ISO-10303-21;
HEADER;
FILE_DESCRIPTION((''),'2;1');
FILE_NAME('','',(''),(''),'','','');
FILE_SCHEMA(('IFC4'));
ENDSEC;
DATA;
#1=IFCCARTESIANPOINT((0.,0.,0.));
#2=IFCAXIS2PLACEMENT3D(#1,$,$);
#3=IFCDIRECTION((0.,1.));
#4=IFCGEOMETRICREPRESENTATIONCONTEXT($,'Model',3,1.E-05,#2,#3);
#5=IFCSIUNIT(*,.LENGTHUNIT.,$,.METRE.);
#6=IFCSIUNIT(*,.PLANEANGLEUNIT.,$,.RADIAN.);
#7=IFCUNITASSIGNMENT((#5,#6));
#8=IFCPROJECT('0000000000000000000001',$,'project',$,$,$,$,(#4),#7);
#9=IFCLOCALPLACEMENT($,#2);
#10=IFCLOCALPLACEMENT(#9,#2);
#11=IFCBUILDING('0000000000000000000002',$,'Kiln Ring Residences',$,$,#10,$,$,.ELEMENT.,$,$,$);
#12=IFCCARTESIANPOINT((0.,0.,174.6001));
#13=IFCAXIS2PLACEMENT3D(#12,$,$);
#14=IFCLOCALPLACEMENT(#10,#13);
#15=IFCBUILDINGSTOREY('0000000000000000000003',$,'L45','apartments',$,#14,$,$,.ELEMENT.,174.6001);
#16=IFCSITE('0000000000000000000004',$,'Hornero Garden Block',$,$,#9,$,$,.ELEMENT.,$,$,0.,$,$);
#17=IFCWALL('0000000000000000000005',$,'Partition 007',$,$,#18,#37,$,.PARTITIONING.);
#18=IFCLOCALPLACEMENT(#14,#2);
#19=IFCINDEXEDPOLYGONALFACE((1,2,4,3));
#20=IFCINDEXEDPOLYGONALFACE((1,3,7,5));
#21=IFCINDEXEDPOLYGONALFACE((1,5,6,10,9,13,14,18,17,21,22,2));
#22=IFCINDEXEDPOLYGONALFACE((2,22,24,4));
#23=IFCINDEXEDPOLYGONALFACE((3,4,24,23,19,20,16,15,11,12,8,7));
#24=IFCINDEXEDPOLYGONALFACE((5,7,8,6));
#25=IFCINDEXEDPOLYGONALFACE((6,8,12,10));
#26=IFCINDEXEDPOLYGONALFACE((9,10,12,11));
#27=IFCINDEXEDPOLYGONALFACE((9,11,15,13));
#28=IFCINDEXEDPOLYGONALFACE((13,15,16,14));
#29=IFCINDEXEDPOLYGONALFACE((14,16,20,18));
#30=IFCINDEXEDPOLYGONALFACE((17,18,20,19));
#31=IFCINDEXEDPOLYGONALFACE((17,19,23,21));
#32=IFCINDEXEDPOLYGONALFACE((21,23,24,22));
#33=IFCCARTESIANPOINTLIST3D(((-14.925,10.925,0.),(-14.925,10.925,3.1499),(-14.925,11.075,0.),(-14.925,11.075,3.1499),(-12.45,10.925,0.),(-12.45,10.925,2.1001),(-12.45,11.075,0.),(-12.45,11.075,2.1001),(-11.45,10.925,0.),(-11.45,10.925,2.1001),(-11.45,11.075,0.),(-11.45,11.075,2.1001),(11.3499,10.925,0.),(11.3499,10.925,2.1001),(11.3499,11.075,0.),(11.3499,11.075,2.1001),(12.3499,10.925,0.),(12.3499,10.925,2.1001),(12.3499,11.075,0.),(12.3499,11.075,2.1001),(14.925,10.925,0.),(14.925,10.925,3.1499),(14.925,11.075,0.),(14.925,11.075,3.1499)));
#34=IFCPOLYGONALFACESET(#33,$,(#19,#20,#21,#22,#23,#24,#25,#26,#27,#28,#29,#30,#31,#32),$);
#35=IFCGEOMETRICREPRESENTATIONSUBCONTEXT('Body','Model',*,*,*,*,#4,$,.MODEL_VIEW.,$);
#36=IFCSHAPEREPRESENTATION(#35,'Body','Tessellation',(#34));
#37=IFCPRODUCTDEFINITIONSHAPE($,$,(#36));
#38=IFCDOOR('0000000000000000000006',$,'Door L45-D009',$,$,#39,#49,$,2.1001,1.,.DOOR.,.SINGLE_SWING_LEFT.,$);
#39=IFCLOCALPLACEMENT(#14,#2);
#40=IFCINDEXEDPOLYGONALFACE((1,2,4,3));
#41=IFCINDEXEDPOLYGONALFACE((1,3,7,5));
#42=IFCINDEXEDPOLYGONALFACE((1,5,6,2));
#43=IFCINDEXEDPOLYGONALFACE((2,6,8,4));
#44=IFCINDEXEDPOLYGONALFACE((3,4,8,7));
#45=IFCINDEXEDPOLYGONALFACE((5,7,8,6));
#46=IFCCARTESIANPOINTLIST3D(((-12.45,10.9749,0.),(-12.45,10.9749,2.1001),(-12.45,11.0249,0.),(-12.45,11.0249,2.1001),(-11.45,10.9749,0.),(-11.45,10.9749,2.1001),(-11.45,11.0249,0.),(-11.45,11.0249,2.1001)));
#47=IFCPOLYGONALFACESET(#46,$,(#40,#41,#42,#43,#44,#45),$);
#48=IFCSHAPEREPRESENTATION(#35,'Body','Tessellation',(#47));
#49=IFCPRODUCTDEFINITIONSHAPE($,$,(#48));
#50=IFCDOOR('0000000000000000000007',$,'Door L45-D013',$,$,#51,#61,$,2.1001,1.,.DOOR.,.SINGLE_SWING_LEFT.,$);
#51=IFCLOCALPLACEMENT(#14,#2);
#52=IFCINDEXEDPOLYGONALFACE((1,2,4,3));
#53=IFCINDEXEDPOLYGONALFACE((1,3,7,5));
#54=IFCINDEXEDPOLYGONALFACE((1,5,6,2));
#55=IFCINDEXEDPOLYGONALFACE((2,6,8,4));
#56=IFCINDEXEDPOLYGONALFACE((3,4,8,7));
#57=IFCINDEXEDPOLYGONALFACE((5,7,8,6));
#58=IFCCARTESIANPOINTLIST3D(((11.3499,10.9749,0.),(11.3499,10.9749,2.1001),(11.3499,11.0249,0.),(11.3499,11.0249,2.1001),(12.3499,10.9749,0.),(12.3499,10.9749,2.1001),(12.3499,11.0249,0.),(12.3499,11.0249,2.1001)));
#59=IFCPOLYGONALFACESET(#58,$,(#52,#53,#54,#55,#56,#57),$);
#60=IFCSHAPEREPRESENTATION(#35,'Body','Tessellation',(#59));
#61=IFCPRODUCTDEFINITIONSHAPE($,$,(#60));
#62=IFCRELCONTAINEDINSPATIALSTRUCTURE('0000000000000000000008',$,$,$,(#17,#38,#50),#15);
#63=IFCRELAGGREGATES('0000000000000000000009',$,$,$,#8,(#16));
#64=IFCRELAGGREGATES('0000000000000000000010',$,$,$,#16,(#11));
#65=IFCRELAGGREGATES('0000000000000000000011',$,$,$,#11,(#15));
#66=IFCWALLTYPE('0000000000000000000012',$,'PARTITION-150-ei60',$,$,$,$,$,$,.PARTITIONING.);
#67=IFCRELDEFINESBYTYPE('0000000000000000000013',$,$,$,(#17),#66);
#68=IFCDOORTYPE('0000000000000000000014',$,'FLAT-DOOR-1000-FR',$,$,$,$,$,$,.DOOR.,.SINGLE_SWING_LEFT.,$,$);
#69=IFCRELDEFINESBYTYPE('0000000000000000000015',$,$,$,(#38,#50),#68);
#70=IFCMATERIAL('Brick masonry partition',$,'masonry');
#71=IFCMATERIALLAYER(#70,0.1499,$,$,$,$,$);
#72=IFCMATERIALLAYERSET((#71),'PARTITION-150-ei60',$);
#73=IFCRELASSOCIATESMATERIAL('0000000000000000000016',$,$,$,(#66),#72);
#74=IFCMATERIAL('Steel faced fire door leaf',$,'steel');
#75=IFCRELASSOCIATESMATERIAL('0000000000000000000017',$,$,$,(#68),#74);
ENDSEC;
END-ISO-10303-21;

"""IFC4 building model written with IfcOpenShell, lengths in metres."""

from ifc_helpers import new_model, si_unit, direction, frame, frame_2d, origin, place, context, subcontext, project, spatial, rectangle, extrude, material, layer, layer_set, type_object, element, fill, save


model = new_model("IFC4")

# Units and contexts
model_context = context("Model", 3, precision=1e-05, world=origin(), true_north=direction((0.0, 1.0)))
body_context = subcontext(model_context, "Body", "Model", "MODEL_VIEW")
ifc_project = project(units=[si_unit("LENGTHUNIT", "METRE"), si_unit("PLANEANGLEUNIT", "RADIAN")], contexts=[model_context])

# Site, building, storey
site_placement = place(None, origin())
site = spatial("IfcSite", under=ifc_project, at=site_placement, Name="Hornero Garden Block", CompositionType="ELEMENT", RefElevation=0.0)
building_placement = place(site_placement, origin())
building = spatial("IfcBuilding", under=site, at=building_placement, Name="Kiln Ring Residences", CompositionType="ELEMENT")
storey_placement = place(building_placement, frame((0.0, 0.0, 174.6001)))
storey = spatial("IfcBuildingStorey", under=building, at=storey_placement, Name="L45", Description="apartments", CompositionType="ELEMENT", Elevation=174.6001)

# Wall, openings, doors
ifc_material_1 = material(Name="Brick masonry partition", Category="masonry")
ifc_layer_1 = layer(ifc_material_1, 0.1499)
ifc_layer_set_1 = layer_set([ifc_layer_1], Name="PARTITION-150-ei60")
wall_type_1 = type_object("IfcWallType", Name="PARTITION-150-ei60", PredefinedType="PARTITIONING", material=ifc_layer_set_1)
wall_1_placement = place(storey_placement, frame((-14.925, 11.0, 0.0), z_axis=(0.0, 0.0, 1.0), x_axis=(1.0, 0.0, 0.0)))
wall_1 = element("IfcWall", 1, at=wall_1_placement, inside=storey, type_object=wall_type_1, Name="Partition 007", PredefinedType="PARTITIONING", context=body_context, shape_type="SweptSolid", body=[
    extrude(rectangle(XDim=29.8501, YDim=0.1499, at=frame_2d((14.925, 0.0))), origin(), (0.0, 0.0, 1.0), 3.1499),
])
opening_1_placement = place(wall_1_placement, frame((2.4751, 0.0, 0.0)))
opening_1 = element("IfcOpeningElement", 2, at=opening_1_placement, cuts=wall_1, PredefinedType="OPENING", context=body_context, shape_type="SweptSolid", body=[
    extrude(rectangle(XDim=1.0, YDim=2.1001, at=frame_2d((0.5, 1.05))), frame((0.0, 0.085, 0.0), z_axis=(0.0, -1.0, 0.0), x_axis=(1.0, 0.0, 0.0)), (0.0, 0.0, 1.0), 0.1699),
])
opening_2_placement = place(wall_1_placement, frame((26.2749, 0.0, 0.0)))
opening_2 = element("IfcOpeningElement", 3, at=opening_2_placement, cuts=wall_1, PredefinedType="OPENING", context=body_context, shape_type="SweptSolid", body=[
    extrude(rectangle(XDim=1.0, YDim=2.1001, at=frame_2d((0.5, 1.05))), frame((0.0, 0.085, 0.0), z_axis=(0.0, -1.0, 0.0), x_axis=(1.0, 0.0, 0.0)), (0.0, 0.0, 1.0), 0.1699),
])
ifc_material_2 = material(Name="Steel faced fire door leaf", Category="steel")
door_type_1 = type_object("IfcDoorType", Name="FLAT-DOOR-1000-FR", OperationType="SINGLE_SWING_LEFT", PredefinedType="DOOR", material=ifc_material_2)
door_1_placement = place(opening_1_placement, origin())
door_1 = element("IfcDoor", 4, at=door_1_placement, inside=storey, type_object=door_type_1, Name="Door L45-D009", OperationType="SINGLE_SWING_LEFT", OverallHeight=2.1001, OverallWidth=1.0, PredefinedType="DOOR", context=body_context, shape_type="SweptSolid", body=[
    extrude(rectangle(XDim=1.0, YDim=2.1001, at=frame_2d((0.5, 1.05))), frame((0.0, 0.0249, 0.0), z_axis=(0.0, -1.0, 0.0), x_axis=(1.0, 0.0, 0.0)), (0.0, 0.0, 1.0), 0.05),
])
fill(opening_1, door_1)
door_2_placement = place(opening_2_placement, origin())
door_2 = element("IfcDoor", 5, at=door_2_placement, inside=storey, type_object=door_type_1, Name="Door L45-D013", OperationType="SINGLE_SWING_LEFT", OverallHeight=2.1001, OverallWidth=1.0, PredefinedType="DOOR", context=body_context, shape_type="SweptSolid", body=[
    extrude(rectangle(XDim=1.0, YDim=2.1001, at=frame_2d((0.5, 1.05))), frame((0.0, 0.0249, 0.0), z_axis=(0.0, -1.0, 0.0), x_axis=(1.0, 0.0, 0.0)), (0.0, 0.0, 1.0), 0.05),
])
fill(opening_2, door_2)

save(model, "model.ifc")
